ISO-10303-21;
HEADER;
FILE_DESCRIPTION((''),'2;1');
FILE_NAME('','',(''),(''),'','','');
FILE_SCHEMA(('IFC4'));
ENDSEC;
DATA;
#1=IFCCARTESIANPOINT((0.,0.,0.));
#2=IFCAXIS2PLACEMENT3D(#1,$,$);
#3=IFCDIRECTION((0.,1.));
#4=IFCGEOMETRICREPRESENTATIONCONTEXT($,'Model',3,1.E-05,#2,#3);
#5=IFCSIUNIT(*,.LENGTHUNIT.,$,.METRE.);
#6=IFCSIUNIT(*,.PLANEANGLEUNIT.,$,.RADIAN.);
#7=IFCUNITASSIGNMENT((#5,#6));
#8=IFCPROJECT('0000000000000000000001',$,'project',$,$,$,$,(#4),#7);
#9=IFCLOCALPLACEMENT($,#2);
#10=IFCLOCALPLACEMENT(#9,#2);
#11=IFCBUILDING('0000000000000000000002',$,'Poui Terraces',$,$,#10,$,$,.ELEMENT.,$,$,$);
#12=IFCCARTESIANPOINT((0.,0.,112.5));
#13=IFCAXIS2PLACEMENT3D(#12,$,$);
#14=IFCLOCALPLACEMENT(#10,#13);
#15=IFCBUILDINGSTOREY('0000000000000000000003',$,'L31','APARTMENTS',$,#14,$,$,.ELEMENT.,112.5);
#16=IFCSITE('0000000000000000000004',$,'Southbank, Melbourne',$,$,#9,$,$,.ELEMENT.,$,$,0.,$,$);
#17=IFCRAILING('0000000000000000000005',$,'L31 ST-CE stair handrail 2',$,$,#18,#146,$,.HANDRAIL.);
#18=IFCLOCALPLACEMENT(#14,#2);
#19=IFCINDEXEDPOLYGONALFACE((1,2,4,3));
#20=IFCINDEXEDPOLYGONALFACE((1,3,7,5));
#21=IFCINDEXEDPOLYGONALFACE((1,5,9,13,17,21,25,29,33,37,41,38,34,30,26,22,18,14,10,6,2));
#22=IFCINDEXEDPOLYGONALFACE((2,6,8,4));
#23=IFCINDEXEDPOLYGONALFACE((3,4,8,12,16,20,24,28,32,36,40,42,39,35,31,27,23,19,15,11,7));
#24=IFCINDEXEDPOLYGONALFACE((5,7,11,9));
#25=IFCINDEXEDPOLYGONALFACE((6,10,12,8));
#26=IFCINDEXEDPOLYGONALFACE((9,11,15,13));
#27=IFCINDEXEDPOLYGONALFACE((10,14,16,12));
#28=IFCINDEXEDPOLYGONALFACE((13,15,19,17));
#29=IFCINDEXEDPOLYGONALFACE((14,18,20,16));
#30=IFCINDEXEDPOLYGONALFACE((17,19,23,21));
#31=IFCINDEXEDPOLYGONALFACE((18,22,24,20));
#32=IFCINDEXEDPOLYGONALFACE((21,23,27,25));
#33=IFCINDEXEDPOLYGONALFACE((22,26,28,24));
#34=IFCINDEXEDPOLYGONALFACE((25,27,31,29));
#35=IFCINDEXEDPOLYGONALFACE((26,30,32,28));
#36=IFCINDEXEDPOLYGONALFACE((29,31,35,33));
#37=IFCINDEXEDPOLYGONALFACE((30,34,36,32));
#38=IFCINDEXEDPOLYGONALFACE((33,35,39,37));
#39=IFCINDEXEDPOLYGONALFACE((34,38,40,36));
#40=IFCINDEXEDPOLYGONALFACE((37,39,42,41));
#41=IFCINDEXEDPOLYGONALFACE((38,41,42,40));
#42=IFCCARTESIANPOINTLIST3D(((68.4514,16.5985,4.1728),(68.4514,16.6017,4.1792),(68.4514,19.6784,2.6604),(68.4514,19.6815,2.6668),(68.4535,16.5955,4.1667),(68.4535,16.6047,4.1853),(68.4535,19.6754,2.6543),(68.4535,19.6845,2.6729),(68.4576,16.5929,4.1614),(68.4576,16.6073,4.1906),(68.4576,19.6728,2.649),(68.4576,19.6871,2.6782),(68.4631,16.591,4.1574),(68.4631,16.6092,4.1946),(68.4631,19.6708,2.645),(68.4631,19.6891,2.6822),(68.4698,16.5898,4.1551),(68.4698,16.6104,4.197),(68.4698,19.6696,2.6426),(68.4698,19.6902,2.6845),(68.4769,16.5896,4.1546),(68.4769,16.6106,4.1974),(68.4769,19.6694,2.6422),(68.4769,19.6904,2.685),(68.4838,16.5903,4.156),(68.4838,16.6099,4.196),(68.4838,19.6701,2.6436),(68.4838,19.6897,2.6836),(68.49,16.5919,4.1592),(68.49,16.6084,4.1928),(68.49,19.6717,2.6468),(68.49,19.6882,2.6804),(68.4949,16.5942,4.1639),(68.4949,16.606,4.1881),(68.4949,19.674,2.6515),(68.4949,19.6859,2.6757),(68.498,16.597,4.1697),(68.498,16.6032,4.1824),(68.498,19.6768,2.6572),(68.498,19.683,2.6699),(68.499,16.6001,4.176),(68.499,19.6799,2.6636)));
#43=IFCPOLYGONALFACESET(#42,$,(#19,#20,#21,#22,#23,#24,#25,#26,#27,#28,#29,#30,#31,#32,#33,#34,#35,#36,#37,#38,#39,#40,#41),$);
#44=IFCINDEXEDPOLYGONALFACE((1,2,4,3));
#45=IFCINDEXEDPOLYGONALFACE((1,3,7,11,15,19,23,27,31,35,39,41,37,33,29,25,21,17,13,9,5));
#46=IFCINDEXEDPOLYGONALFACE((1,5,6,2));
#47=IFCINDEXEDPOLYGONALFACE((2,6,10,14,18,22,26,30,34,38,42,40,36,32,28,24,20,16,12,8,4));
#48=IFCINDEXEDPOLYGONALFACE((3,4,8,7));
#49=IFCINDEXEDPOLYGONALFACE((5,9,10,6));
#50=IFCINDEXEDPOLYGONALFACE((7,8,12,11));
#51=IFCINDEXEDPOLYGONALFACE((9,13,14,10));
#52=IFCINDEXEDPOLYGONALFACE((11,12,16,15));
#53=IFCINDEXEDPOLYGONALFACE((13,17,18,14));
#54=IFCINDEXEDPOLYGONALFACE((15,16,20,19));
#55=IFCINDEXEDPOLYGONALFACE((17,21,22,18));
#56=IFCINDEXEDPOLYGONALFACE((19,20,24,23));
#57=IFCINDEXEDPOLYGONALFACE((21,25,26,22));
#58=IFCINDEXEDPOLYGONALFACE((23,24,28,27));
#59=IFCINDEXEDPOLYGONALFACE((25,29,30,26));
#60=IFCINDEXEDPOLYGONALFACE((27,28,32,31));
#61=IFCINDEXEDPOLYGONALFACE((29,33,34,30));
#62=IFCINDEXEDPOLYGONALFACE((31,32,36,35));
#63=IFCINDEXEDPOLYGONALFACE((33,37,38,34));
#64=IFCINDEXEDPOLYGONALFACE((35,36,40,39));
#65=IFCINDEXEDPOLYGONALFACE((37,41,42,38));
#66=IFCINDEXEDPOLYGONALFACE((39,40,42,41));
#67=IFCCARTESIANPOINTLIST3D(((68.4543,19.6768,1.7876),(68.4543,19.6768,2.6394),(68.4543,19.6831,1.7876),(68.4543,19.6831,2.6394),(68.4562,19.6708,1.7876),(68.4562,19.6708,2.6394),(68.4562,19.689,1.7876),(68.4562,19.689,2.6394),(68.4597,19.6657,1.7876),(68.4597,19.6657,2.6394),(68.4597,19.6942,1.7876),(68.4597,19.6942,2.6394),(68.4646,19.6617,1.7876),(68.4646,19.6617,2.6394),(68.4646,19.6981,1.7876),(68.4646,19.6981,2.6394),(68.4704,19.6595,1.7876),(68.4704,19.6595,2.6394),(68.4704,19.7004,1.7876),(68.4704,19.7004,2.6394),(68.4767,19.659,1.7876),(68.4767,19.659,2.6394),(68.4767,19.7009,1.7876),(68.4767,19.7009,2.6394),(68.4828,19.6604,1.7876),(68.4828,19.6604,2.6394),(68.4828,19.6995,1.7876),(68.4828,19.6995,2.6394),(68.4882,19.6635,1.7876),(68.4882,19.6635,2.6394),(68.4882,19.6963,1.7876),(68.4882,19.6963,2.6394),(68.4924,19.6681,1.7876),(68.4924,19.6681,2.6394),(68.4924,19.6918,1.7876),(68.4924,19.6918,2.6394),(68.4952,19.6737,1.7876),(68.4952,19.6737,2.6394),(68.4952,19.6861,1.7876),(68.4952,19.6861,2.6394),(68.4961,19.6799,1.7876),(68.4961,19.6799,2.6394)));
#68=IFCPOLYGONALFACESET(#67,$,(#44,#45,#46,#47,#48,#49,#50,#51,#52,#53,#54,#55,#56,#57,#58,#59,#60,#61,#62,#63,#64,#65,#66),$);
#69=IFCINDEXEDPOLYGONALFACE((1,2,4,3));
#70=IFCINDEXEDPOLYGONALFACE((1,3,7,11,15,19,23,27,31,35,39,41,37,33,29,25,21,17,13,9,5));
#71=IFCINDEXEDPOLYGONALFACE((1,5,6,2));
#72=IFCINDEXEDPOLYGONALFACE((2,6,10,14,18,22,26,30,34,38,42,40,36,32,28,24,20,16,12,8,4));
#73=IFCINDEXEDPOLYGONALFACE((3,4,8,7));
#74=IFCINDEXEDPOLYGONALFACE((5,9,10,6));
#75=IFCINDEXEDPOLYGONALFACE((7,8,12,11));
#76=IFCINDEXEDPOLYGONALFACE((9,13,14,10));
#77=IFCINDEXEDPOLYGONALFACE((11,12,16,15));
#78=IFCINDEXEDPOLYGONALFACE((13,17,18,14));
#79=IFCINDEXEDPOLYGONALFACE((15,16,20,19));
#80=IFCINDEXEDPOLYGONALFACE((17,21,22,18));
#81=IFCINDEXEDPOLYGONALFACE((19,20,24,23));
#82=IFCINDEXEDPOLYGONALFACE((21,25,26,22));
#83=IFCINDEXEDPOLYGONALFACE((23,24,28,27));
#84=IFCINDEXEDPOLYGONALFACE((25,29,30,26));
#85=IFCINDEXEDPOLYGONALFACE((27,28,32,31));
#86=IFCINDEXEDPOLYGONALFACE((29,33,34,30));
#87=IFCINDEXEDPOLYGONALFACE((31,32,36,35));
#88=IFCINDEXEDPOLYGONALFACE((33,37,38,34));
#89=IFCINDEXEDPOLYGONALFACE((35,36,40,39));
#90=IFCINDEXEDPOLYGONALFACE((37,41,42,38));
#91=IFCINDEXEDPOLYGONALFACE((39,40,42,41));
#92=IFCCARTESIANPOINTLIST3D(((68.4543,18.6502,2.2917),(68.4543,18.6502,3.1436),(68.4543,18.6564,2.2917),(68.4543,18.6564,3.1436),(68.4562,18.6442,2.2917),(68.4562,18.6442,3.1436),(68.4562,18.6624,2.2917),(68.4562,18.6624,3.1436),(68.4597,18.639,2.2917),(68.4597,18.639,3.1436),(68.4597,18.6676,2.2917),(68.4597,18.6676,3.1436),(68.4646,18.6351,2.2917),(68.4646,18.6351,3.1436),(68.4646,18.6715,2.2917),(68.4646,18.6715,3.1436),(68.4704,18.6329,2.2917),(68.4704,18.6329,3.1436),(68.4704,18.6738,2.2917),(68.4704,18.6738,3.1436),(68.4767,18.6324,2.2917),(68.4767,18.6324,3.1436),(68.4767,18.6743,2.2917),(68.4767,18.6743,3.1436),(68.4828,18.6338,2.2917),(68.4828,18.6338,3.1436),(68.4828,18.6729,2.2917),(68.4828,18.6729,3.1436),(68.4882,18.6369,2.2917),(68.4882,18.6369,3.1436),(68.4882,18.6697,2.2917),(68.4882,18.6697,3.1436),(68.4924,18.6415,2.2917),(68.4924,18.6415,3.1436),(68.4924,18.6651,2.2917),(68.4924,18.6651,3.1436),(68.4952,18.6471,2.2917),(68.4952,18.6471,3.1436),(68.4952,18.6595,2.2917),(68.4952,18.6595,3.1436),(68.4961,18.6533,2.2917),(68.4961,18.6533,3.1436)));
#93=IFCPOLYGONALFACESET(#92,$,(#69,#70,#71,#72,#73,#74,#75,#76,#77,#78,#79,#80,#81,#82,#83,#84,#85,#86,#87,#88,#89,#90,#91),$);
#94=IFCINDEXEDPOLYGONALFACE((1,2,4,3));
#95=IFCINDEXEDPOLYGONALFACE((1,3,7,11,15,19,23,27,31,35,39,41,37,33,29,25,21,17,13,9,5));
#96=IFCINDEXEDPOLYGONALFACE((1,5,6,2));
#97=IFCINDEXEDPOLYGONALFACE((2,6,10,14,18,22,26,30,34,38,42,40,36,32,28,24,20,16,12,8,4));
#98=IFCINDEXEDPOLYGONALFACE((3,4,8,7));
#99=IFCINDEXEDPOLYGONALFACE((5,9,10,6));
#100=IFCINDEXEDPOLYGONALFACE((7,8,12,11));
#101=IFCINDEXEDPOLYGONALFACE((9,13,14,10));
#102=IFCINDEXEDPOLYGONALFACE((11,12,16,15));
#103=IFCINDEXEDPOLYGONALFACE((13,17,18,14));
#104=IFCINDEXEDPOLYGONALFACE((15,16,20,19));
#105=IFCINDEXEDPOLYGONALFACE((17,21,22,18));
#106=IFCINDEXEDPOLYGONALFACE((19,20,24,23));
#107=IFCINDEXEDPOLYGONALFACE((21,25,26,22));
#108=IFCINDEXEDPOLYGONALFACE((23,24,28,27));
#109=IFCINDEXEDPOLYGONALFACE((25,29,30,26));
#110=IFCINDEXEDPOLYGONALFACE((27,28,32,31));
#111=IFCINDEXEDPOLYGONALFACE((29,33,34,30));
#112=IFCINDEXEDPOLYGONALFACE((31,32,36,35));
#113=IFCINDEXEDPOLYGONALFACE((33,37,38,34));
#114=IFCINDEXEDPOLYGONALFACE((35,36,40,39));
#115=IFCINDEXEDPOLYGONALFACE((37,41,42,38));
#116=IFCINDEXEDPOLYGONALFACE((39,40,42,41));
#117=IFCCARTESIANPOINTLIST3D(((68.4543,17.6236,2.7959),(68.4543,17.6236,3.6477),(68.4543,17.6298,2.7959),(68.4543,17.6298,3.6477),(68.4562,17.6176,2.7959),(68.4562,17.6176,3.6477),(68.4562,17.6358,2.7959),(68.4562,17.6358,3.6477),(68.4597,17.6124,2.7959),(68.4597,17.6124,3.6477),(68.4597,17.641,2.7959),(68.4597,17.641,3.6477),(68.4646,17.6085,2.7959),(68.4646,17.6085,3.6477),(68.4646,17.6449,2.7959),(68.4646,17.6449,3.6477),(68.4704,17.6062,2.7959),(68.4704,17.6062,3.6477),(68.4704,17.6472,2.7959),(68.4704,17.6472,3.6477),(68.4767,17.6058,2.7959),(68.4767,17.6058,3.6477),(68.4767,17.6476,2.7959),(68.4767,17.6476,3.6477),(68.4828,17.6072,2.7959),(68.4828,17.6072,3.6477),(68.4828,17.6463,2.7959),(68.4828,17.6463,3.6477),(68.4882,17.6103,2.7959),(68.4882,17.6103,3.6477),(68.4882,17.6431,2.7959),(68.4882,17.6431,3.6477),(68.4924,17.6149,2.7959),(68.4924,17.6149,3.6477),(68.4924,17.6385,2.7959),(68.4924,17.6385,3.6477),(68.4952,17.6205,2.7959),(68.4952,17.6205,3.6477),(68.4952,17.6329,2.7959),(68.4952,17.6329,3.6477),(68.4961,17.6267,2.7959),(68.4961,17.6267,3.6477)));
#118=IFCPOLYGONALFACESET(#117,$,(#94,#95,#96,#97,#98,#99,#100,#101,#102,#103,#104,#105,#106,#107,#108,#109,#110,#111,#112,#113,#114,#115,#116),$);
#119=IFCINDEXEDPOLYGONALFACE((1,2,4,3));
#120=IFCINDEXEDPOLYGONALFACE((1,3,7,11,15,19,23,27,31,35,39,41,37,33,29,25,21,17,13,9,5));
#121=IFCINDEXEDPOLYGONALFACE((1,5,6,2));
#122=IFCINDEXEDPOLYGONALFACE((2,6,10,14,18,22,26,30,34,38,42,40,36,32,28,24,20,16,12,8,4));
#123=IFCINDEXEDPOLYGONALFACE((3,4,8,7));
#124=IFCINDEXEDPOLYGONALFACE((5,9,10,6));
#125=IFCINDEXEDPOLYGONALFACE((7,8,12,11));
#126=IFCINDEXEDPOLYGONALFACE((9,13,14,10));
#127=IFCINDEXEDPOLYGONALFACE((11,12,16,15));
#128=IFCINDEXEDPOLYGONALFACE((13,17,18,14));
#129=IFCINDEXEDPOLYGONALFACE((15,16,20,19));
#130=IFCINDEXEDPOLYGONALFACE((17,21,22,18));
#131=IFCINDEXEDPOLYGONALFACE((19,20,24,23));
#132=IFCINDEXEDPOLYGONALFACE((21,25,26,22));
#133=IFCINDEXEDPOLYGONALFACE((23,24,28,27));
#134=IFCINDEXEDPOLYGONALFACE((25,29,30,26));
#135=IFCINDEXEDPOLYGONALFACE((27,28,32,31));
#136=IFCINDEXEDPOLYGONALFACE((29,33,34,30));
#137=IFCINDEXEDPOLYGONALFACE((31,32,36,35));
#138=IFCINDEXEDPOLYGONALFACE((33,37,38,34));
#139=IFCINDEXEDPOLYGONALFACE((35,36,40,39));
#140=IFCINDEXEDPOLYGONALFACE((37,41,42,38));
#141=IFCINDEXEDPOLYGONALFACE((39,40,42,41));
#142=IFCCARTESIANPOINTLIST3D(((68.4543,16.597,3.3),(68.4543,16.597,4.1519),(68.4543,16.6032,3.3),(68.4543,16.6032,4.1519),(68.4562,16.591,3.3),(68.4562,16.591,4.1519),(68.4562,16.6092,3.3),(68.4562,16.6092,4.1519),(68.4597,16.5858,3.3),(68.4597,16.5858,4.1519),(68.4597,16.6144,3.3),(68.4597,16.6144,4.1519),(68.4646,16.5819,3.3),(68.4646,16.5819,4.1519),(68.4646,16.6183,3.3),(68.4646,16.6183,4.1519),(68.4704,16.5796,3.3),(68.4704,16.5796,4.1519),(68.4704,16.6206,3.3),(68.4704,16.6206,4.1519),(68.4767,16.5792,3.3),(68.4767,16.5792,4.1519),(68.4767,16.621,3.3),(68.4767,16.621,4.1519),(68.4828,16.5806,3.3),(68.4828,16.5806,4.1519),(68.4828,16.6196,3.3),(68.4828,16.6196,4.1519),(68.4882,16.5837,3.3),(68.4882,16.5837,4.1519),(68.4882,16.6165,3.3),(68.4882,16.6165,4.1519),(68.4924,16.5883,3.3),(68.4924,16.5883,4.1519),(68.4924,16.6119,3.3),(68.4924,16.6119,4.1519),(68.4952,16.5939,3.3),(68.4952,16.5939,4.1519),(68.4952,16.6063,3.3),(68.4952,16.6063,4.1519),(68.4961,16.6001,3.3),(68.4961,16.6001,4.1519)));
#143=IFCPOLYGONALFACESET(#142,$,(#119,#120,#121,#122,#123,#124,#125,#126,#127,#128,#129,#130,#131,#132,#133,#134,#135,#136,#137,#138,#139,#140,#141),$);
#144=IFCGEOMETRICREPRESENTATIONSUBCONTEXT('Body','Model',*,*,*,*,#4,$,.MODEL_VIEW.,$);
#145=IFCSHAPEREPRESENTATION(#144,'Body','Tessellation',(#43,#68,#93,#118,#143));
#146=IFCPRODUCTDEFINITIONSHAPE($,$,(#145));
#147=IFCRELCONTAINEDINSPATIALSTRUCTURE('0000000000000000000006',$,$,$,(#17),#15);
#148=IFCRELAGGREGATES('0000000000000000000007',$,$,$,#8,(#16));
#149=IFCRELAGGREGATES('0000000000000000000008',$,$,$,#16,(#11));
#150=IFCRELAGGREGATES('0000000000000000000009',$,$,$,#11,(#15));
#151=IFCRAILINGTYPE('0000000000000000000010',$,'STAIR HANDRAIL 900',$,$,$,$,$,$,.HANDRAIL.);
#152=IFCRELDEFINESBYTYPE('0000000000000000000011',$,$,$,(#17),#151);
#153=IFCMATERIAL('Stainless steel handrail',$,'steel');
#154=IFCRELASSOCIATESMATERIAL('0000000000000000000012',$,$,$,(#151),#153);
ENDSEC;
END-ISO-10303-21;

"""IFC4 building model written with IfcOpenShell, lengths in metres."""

from ifc_helpers import new_model, si_unit, direction, frame, origin, origin_2d, place, context, subcontext, project, spatial, circle, extrude, material, type_object, element, save


model = new_model("IFC4")

# Units and contexts
model_context = context("Model", 3, precision=1e-05, world=origin(), true_north=direction((0.0, 1.0)))
body_context = subcontext(model_context, "Body", "Model", "MODEL_VIEW")
ifc_project = project(units=[si_unit("LENGTHUNIT", "METRE"), si_unit("PLANEANGLEUNIT", "RADIAN")], contexts=[model_context])

# Site, building, storey
site_placement = place(None, origin())
site = spatial("IfcSite", under=ifc_project, at=site_placement, Name="Southbank, Melbourne", CompositionType="ELEMENT", RefElevation=0.0)
building_placement = place(site_placement, origin())
building = spatial("IfcBuilding", under=site, at=building_placement, Name="Poui Terraces", CompositionType="ELEMENT")
storey_placement = place(building_placement, frame((0.0, 0.0, 112.5)))
storey = spatial("IfcBuildingStorey", under=building, at=storey_placement, Name="L31", Description="APARTMENTS", CompositionType="ELEMENT", Elevation=112.5)

# Railing
ifc_material_1 = material(Name="Stainless steel handrail", Category="steel")
railing_type_1 = type_object("IfcRailingType", Name="STAIR HANDRAIL 900", PredefinedType="HANDRAIL", material=ifc_material_1)
railing_1_placement = place(storey_placement, frame((68.4751, 19.6799, 1.7876)))
element("IfcRailing", 1, at=railing_1_placement, inside=storey, type_object=railing_type_1, Name="L31 ST-CE stair handrail 2", PredefinedType="HANDRAIL", context=body_context, shape_type="SweptSolid", body=[
    extrude(circle(Radius=0.0239, at=origin_2d()), frame((0.0, 0.0, 0.876), z_axis=(0.0, -0.897606, 0.440798), x_axis=(1.0, 0.0, 0.0)), (0.0, 0.0, 1.0), 3.4312),
    extrude(circle(Radius=0.021, at=origin_2d()), origin(), (0.0, 0.0, 1.0), 0.8518),
    extrude(circle(Radius=0.021, at=origin_2d()), frame((0.0, -1.0266, 0.5042)), (0.0, 0.0, 1.0), 0.8518),
    extrude(circle(Radius=0.021, at=origin_2d()), frame((0.0, -2.0532, 1.0083)), (0.0, 0.0, 1.0), 0.8518),
    extrude(circle(Radius=0.021, at=origin_2d()), frame((0.0, -3.0798, 1.5125)), (0.0, 0.0, 1.0), 0.8518),
])

save(model, "model.ifc")
